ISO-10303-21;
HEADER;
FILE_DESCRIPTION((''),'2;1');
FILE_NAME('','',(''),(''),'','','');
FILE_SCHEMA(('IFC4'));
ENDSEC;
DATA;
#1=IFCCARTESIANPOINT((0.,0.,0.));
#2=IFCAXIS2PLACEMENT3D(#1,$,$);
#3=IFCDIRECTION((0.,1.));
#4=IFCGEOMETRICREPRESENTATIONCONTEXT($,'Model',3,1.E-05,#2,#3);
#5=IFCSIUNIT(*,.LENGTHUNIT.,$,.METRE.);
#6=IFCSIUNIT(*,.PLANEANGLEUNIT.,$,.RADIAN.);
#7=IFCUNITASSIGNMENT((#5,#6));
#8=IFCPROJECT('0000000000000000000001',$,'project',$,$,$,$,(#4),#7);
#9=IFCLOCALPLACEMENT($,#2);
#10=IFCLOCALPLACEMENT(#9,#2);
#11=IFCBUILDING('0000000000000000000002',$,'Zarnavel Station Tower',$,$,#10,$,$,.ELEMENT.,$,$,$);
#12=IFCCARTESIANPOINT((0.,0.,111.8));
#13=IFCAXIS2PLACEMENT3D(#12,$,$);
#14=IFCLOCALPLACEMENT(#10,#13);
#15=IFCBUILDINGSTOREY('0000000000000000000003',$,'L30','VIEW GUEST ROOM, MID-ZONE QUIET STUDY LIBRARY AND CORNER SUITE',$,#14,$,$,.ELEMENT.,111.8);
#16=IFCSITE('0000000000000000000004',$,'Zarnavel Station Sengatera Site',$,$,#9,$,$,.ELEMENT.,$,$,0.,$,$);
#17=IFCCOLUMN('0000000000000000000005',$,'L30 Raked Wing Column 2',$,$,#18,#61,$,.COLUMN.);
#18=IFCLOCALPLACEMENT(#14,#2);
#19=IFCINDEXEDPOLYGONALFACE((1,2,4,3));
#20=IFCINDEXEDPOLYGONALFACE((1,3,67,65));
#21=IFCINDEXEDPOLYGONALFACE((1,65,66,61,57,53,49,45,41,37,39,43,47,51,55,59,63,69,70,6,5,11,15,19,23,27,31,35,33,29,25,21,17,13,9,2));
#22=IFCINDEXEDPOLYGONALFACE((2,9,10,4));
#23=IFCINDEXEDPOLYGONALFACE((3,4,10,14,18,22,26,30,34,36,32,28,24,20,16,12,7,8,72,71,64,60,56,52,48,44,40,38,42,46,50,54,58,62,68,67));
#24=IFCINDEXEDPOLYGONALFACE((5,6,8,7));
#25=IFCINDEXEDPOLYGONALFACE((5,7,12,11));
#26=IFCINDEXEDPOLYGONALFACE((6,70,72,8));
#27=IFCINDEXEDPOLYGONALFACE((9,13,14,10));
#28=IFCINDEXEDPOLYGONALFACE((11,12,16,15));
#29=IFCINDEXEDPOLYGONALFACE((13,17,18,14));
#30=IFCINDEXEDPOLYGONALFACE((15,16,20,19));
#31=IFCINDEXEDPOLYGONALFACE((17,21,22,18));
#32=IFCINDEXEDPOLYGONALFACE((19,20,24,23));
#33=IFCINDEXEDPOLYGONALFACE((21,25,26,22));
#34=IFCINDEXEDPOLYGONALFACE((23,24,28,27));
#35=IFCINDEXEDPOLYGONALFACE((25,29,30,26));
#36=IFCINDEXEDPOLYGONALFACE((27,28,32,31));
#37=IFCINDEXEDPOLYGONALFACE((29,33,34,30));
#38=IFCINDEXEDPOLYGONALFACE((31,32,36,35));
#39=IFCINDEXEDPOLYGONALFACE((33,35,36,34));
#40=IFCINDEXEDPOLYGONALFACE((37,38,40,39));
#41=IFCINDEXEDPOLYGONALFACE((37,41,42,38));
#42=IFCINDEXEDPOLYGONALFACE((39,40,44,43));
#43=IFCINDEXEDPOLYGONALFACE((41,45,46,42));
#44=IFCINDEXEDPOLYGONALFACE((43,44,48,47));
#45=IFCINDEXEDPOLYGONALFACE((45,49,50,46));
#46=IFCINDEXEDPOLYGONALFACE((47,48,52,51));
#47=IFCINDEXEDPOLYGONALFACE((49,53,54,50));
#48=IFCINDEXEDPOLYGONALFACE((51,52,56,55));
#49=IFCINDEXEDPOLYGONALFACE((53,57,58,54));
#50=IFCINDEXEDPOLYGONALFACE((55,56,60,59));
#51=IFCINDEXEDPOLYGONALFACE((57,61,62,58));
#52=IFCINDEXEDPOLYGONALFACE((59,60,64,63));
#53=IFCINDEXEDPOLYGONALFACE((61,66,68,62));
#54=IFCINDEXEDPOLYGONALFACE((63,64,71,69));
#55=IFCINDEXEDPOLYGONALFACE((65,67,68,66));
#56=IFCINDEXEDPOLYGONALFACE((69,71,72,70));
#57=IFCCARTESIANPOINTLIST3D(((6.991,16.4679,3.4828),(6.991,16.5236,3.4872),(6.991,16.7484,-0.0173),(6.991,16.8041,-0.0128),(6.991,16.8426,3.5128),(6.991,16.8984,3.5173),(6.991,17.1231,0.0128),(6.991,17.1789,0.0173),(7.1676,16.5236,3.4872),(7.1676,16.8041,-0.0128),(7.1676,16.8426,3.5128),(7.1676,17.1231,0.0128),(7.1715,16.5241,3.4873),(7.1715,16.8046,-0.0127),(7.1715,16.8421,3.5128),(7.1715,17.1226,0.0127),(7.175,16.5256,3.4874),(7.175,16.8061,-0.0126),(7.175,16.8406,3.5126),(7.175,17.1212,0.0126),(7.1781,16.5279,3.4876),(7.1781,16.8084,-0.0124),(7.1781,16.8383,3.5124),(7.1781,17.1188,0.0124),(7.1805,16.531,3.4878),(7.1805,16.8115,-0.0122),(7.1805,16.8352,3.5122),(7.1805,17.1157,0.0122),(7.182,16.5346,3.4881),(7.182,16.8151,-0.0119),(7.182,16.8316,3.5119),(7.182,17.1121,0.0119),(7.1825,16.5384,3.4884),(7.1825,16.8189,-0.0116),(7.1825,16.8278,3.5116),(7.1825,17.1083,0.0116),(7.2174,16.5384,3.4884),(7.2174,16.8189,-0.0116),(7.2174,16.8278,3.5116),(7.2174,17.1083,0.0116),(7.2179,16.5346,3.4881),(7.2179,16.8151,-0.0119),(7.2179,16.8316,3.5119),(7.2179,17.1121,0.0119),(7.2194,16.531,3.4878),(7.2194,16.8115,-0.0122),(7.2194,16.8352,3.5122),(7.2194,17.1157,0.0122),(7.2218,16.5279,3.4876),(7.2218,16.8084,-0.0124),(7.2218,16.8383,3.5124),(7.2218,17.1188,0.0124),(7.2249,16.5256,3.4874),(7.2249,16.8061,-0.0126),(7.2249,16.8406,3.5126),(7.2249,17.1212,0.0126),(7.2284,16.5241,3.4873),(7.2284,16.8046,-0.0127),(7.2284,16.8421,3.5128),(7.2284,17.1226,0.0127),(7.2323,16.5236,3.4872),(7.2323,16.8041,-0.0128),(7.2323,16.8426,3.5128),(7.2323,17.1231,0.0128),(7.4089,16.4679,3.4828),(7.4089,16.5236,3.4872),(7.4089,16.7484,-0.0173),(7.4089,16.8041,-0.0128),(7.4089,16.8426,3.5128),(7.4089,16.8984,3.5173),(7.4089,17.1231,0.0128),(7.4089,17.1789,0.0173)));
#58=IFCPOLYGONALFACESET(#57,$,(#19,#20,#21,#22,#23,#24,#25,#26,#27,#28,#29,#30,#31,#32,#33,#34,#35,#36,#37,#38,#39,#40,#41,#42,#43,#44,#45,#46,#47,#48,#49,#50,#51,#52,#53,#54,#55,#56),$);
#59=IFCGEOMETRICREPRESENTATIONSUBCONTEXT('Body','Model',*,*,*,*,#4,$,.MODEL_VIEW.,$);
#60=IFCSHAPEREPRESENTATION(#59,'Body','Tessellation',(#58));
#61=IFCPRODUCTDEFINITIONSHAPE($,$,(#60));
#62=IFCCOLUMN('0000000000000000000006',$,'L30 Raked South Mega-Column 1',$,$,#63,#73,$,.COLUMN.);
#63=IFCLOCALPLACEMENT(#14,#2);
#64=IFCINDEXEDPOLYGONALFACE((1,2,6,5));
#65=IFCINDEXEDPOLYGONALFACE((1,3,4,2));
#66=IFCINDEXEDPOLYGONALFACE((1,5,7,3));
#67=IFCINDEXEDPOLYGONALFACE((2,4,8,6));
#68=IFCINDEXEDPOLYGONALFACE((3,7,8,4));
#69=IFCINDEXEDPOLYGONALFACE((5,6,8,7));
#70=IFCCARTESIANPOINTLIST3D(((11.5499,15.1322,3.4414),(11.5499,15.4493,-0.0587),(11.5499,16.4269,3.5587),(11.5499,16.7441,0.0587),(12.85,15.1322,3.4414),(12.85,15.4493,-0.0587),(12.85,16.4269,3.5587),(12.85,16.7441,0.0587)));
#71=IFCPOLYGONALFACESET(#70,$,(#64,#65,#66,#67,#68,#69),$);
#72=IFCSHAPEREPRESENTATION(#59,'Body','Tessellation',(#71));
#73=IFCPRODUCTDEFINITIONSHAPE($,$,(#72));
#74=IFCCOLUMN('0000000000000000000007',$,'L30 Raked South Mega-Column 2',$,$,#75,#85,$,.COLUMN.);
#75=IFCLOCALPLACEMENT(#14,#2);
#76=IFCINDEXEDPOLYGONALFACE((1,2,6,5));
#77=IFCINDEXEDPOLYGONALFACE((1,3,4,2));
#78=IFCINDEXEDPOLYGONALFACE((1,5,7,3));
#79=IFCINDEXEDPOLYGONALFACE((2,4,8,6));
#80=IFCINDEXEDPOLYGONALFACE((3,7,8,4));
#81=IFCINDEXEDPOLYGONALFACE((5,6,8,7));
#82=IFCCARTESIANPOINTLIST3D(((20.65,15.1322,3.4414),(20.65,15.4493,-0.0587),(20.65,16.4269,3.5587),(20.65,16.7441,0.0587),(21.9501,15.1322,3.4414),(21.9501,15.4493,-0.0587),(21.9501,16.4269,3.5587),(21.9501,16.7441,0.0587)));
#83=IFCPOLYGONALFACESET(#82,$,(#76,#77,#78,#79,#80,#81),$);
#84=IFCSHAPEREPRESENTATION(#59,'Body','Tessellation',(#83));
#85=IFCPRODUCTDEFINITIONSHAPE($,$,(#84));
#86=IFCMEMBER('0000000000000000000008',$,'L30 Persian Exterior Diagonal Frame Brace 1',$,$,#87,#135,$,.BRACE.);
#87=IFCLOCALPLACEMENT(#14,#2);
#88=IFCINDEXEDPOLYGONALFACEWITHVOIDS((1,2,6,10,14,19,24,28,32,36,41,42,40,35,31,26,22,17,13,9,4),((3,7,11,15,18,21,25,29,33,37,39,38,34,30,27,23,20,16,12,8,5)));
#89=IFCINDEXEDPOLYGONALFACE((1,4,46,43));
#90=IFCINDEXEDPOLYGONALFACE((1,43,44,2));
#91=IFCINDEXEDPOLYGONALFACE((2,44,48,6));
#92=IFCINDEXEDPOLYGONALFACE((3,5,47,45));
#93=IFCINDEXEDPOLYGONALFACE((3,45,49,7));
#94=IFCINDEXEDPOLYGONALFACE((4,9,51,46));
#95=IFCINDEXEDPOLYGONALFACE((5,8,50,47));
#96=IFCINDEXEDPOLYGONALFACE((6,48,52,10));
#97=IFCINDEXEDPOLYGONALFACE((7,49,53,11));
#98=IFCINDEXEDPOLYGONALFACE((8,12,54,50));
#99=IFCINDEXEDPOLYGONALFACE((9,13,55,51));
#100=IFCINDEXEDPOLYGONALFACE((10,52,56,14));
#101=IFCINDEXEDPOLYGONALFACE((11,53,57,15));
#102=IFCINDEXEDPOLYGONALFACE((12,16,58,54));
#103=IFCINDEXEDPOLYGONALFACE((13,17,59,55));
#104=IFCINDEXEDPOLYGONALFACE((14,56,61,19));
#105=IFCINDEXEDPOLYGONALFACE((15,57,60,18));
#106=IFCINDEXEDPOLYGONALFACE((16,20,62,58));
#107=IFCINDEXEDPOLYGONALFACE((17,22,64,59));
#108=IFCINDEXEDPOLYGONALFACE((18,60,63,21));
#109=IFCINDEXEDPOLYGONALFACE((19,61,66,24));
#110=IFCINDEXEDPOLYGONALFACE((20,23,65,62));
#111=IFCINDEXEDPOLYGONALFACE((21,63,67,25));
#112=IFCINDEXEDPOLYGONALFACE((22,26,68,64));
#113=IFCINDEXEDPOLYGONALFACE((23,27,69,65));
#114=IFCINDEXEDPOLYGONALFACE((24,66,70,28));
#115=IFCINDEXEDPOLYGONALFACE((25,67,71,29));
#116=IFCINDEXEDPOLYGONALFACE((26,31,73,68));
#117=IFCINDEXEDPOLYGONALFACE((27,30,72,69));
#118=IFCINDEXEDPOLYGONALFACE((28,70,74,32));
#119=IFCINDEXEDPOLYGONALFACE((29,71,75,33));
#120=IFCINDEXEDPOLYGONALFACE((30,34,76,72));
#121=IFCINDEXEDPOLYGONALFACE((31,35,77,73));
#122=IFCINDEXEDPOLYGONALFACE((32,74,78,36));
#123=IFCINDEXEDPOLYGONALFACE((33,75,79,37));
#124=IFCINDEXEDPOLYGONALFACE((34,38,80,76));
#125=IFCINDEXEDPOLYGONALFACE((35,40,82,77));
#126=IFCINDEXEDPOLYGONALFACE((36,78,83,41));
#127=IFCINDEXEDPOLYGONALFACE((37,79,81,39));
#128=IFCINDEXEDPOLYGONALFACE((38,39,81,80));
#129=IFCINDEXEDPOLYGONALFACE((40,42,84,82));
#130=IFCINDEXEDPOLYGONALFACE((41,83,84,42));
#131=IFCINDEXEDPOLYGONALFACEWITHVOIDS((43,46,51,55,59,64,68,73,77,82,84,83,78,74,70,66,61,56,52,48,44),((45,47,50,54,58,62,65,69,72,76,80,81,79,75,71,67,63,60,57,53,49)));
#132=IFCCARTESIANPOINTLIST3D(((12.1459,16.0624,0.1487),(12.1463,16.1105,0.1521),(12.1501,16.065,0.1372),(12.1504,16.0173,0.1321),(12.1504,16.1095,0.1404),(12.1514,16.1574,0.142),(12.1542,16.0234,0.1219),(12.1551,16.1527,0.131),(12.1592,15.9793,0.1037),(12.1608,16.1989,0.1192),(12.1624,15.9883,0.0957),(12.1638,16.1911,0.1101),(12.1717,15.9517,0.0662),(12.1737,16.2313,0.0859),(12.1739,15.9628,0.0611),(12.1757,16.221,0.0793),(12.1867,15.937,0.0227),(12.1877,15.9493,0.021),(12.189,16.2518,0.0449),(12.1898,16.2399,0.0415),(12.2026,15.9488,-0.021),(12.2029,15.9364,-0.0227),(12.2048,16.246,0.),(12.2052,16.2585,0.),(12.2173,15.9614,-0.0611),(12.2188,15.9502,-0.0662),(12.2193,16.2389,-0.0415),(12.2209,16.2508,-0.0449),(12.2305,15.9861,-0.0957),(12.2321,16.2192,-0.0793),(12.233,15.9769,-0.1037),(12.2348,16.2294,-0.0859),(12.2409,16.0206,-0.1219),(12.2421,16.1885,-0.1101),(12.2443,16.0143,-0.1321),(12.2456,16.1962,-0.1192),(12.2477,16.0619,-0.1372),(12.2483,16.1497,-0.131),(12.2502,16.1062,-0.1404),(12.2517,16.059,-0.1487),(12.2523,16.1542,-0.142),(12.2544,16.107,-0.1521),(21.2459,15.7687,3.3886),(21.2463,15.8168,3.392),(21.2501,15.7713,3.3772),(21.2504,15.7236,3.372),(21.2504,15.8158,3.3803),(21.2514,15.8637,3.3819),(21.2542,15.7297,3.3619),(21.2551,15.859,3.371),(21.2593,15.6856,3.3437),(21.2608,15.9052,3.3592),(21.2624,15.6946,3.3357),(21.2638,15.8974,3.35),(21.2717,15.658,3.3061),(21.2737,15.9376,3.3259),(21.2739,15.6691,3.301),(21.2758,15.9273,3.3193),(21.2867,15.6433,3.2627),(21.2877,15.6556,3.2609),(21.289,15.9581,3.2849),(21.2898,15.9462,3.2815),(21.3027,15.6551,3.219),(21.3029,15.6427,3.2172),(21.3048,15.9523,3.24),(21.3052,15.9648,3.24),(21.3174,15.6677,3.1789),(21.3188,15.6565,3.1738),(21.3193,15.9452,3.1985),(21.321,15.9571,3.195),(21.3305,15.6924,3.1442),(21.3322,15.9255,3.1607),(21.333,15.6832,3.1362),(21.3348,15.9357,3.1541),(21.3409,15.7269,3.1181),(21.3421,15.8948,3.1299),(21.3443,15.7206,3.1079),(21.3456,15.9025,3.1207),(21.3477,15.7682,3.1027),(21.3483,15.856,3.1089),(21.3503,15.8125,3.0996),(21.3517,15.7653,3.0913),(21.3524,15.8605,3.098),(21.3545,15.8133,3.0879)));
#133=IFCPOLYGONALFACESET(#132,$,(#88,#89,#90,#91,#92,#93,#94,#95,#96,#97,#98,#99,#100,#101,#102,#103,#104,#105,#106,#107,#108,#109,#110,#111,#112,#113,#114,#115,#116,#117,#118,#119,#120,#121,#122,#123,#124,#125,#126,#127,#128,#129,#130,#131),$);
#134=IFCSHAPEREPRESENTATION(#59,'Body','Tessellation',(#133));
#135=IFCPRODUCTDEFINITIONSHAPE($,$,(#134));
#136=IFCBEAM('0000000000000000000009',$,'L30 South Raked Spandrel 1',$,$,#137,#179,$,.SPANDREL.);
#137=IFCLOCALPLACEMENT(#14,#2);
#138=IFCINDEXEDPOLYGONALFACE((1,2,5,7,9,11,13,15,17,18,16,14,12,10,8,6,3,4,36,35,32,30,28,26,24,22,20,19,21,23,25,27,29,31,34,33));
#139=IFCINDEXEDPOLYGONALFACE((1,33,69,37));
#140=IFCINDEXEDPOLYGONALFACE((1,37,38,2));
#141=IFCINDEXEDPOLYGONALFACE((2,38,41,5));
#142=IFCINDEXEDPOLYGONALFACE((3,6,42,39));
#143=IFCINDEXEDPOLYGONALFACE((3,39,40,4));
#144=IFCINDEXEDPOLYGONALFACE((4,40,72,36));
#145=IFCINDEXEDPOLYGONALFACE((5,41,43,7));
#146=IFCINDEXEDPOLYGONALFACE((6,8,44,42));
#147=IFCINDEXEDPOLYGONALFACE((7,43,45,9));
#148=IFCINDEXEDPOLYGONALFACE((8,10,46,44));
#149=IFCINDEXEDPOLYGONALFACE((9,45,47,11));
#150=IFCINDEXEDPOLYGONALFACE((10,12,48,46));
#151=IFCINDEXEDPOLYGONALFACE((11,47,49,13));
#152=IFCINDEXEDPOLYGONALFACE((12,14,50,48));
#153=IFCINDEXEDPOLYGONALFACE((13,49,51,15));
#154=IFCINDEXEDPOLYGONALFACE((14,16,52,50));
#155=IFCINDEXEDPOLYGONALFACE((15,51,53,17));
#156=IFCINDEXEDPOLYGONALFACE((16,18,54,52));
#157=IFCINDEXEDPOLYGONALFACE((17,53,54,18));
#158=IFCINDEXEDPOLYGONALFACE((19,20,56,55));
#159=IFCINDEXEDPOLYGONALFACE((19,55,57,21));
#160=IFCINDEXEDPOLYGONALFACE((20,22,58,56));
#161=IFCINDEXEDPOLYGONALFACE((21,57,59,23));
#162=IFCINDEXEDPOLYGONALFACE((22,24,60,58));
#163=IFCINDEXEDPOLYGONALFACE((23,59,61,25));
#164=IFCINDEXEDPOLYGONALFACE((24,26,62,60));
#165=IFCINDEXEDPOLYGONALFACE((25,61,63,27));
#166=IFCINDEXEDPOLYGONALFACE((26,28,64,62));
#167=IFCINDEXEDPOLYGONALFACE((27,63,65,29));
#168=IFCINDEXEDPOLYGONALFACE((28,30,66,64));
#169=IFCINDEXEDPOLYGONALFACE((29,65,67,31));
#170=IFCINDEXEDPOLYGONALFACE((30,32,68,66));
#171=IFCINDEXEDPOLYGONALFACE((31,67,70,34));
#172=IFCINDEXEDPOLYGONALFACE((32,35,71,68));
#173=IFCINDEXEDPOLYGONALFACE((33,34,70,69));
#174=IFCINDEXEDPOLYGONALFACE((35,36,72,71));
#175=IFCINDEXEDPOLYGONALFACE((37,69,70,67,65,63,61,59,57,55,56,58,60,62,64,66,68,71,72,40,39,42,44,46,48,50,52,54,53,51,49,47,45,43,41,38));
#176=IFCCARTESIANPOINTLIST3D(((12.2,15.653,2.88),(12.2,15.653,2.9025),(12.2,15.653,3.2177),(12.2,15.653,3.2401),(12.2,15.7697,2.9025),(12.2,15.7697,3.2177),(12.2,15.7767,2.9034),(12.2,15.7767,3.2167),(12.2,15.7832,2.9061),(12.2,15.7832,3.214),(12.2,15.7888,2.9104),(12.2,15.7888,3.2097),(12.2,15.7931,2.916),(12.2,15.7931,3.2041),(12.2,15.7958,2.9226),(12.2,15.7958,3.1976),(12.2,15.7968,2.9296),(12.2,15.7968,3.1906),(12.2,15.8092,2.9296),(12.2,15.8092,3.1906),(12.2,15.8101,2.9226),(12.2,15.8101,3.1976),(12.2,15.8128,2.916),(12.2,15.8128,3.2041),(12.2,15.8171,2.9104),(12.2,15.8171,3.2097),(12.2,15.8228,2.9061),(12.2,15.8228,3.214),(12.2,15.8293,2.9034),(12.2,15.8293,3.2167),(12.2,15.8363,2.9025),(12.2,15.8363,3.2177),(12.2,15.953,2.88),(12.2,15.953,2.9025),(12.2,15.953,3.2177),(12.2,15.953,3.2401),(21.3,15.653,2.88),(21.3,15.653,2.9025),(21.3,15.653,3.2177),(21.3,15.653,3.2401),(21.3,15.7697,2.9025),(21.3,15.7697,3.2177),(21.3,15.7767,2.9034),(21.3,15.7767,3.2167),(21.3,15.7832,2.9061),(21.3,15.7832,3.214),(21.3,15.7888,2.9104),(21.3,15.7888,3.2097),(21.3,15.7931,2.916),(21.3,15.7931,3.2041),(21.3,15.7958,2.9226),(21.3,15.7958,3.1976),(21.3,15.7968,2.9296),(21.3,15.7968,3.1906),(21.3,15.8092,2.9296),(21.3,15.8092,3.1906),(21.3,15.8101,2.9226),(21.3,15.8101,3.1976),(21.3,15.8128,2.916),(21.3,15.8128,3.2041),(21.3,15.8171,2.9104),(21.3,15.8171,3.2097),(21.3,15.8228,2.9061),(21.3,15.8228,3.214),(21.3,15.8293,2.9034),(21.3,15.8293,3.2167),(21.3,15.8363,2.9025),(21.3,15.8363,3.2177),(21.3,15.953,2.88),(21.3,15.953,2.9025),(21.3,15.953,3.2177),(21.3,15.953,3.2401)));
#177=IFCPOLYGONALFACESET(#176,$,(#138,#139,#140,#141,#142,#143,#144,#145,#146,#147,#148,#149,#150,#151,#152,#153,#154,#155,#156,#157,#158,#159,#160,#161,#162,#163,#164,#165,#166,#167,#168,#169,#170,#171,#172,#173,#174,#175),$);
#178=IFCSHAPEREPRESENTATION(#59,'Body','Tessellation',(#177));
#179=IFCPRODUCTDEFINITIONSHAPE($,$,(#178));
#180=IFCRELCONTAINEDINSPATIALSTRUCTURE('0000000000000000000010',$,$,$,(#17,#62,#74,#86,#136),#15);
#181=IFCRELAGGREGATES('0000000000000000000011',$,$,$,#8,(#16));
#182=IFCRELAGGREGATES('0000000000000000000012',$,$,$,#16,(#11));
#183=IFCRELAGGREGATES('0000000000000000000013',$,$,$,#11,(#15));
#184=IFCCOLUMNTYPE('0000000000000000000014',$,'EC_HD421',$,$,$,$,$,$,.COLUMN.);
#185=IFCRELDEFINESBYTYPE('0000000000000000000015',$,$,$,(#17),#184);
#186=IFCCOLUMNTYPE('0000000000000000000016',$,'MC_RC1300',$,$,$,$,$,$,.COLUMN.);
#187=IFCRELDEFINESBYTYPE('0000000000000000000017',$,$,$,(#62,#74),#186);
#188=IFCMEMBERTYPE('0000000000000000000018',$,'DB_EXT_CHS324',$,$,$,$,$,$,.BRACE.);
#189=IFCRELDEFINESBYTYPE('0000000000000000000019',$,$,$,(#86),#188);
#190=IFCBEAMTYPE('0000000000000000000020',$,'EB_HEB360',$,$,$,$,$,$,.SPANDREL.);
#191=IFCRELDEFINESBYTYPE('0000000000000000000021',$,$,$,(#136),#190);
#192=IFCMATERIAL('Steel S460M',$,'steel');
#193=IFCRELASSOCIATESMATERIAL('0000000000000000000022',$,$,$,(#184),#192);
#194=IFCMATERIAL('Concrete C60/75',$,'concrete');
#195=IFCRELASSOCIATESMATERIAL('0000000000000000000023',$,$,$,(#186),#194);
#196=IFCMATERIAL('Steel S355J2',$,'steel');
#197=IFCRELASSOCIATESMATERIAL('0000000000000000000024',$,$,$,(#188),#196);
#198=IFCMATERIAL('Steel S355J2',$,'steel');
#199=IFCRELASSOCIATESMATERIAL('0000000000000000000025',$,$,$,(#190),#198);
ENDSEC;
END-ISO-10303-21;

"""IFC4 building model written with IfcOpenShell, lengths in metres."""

from ifc_helpers import new_model, si_unit, direction, frame, origin, origin_2d, place, context, subcontext, project, spatial, rectangle, hollow_circle, i_section, extrude, material, material_profile, profile_set, type_object, element, save


model = new_model("IFC4")

# Units and contexts
model_context = context("Model", 3, precision=1e-05, world=origin(), true_north=direction((0.0, 1.0)))
body_context = subcontext(model_context, "Body", "Model", "MODEL_VIEW")
ifc_project = project(units=[si_unit("LENGTHUNIT", "METRE"), si_unit("PLANEANGLEUNIT", "RADIAN")], contexts=[model_context])

# Site, building, storey
site_placement = place(None, origin())
site = spatial("IfcSite", under=ifc_project, at=site_placement, Name="Zarnavel Station Sengatera Site", CompositionType="ELEMENT", RefElevation=0.0)
building_placement = place(site_placement, origin())
building = spatial("IfcBuilding", under=site, at=building_placement, Name="Zarnavel Station Tower", CompositionType="ELEMENT")
storey_placement = place(building_placement, frame((0.0, 0.0, 111.8)))
storey = spatial("IfcBuildingStorey", under=building, at=storey_placement, Name="L30", Description="VIEW GUEST ROOM, MID-ZONE QUIET STUDY LIBRARY AND CORNER SUITE", CompositionType="ELEMENT", Elevation=111.8)

# Columns
ifc_material_1 = material(Name="Steel S460M", Category="steel")
ifc_material_profile_1 = material_profile(ifc_material_1, i_section(OverallWidth=0.418, OverallDepth=0.4319, WebThickness=0.0349, FlangeThickness=0.0559, FilletRadius=0.0149, at=origin_2d()), Name="HD400x421")
ifc_profile_set_1 = profile_set([ifc_material_profile_1], Name="Steel S460M")
column_type_1 = type_object("IfcColumnType", Name="EC_HD421", PredefinedType="COLUMN", material=ifc_profile_set_1)
column_placement = place(storey_placement, frame((7.2, 16.9636, 0.0), z_axis=(0.0, -0.079892, 0.996804), x_axis=(1.0, 0.0, 0.0)))
element("IfcColumn", 1, at=column_placement, inside=storey, type_object=column_type_1, Name="L30 Raked Wing Column 2", PredefinedType="COLUMN", context=body_context, shape_type="SweptSolid", body=[
    extrude(i_section(OverallWidth=0.418, OverallDepth=0.4319, WebThickness=0.0349, FlangeThickness=0.0559, FilletRadius=0.0149, at=origin_2d()), origin(), (0.0, 0.0, 1.0), 3.5112),
])
ifc_material_2 = material(Name="Concrete C60/75", Category="concrete")
ifc_material_profile_2 = material_profile(ifc_material_2, rectangle(XDim=1.3, YDim=1.3, at=origin_2d()), Name="RC1300x1300")
ifc_profile_set_2 = profile_set([ifc_material_profile_2], Name="Concrete C60/75")
column_type_2 = type_object("IfcColumnType", Name="MC_RC1300", PredefinedType="COLUMN", material=ifc_profile_set_2)
for number, where, z_axis, x_axis, name in (
    (2, (12.2, 16.0967, 0.0), (0.0, -0.090241, 0.99592), (1.0, 0.0, 0.0), "L30 Raked South Mega-Column 1"),
    (3, (21.3, 16.0967, 0.0), (0.0, -0.090241, 0.99592), (1.0, 0.0, 0.0), "L30 Raked South Mega-Column 2"),
):
    element("IfcColumn", number, at=place(storey_placement, frame(where, z_axis=z_axis, x_axis=x_axis)), inside=storey, type_object=column_type_2, Name=name, PredefinedType="COLUMN", context=body_context, shape_type="SweptSolid", body=[
        extrude(rectangle(XDim=1.3, YDim=1.3, at=origin_2d()), origin(), (0.0, 0.0, 1.0), 3.5144),
    ])

# Member
ifc_material_3 = material(Name="Steel S355J2", Category="steel")
ifc_material_profile_3 = material_profile(ifc_material_3, hollow_circle(Radius=0.1619, WallThickness=0.0125, at=origin_2d()), Name="CHS323.9x12.5")
ifc_profile_set_3 = profile_set([ifc_material_profile_3], Name="Steel S355J2")
member_type = type_object("IfcMemberType", Name="DB_EXT_CHS324", PredefinedType="BRACE", material=ifc_profile_set_3)
member_placement = place(storey_placement, frame((12.2, 16.0967, 0.0), z_axis=(0.941636, -0.030391, 0.335259), x_axis=(0.032258, 0.99948, 0.0)))
element("IfcMember", 4, at=member_placement, inside=storey, type_object=member_type, Name="L30 Persian Exterior Diagonal Frame Brace 1", PredefinedType="BRACE", context=body_context, shape_type="SweptSolid", body=[
    extrude(hollow_circle(Radius=0.1619, WallThickness=0.0125, at=origin_2d()), origin(), (0.0, 0.0, 1.0), 9.6641),
])

# Beam
ifc_material_4 = material(Name="Steel S355J2", Category="steel")
ifc_material_profile_4 = material_profile(ifc_material_4, i_section(OverallWidth=0.3, OverallDepth=0.3601, WebThickness=0.0125, FlangeThickness=0.0225, FilletRadius=0.0271, at=origin_2d()), Name="HEB360")
ifc_profile_set_4 = profile_set([ifc_material_profile_4], Name="Steel S355J2")
beam_type_1 = type_object("IfcBeamType", Name="EB_HEB360", PredefinedType="SPANDREL", material=ifc_profile_set_4)
beam_1_placement = place(storey_placement, frame((12.2, 15.803, 3.0601), z_axis=(1.0, 0.0, 0.0), x_axis=(0.0, 1.0, 0.0)))
element("IfcBeam", 5, at=beam_1_placement, inside=storey, type_object=beam_type_1, Name="L30 South Raked Spandrel 1", PredefinedType="SPANDREL", context=body_context, shape_type="SweptSolid", body=[
    extrude(i_section(OverallWidth=0.3, OverallDepth=0.3601, WebThickness=0.0125, FlangeThickness=0.0225, FilletRadius=0.0271, at=origin_2d()), origin(), (0.0, 0.0, 1.0), 9.1001),
])

save(model, "model.ifc")
